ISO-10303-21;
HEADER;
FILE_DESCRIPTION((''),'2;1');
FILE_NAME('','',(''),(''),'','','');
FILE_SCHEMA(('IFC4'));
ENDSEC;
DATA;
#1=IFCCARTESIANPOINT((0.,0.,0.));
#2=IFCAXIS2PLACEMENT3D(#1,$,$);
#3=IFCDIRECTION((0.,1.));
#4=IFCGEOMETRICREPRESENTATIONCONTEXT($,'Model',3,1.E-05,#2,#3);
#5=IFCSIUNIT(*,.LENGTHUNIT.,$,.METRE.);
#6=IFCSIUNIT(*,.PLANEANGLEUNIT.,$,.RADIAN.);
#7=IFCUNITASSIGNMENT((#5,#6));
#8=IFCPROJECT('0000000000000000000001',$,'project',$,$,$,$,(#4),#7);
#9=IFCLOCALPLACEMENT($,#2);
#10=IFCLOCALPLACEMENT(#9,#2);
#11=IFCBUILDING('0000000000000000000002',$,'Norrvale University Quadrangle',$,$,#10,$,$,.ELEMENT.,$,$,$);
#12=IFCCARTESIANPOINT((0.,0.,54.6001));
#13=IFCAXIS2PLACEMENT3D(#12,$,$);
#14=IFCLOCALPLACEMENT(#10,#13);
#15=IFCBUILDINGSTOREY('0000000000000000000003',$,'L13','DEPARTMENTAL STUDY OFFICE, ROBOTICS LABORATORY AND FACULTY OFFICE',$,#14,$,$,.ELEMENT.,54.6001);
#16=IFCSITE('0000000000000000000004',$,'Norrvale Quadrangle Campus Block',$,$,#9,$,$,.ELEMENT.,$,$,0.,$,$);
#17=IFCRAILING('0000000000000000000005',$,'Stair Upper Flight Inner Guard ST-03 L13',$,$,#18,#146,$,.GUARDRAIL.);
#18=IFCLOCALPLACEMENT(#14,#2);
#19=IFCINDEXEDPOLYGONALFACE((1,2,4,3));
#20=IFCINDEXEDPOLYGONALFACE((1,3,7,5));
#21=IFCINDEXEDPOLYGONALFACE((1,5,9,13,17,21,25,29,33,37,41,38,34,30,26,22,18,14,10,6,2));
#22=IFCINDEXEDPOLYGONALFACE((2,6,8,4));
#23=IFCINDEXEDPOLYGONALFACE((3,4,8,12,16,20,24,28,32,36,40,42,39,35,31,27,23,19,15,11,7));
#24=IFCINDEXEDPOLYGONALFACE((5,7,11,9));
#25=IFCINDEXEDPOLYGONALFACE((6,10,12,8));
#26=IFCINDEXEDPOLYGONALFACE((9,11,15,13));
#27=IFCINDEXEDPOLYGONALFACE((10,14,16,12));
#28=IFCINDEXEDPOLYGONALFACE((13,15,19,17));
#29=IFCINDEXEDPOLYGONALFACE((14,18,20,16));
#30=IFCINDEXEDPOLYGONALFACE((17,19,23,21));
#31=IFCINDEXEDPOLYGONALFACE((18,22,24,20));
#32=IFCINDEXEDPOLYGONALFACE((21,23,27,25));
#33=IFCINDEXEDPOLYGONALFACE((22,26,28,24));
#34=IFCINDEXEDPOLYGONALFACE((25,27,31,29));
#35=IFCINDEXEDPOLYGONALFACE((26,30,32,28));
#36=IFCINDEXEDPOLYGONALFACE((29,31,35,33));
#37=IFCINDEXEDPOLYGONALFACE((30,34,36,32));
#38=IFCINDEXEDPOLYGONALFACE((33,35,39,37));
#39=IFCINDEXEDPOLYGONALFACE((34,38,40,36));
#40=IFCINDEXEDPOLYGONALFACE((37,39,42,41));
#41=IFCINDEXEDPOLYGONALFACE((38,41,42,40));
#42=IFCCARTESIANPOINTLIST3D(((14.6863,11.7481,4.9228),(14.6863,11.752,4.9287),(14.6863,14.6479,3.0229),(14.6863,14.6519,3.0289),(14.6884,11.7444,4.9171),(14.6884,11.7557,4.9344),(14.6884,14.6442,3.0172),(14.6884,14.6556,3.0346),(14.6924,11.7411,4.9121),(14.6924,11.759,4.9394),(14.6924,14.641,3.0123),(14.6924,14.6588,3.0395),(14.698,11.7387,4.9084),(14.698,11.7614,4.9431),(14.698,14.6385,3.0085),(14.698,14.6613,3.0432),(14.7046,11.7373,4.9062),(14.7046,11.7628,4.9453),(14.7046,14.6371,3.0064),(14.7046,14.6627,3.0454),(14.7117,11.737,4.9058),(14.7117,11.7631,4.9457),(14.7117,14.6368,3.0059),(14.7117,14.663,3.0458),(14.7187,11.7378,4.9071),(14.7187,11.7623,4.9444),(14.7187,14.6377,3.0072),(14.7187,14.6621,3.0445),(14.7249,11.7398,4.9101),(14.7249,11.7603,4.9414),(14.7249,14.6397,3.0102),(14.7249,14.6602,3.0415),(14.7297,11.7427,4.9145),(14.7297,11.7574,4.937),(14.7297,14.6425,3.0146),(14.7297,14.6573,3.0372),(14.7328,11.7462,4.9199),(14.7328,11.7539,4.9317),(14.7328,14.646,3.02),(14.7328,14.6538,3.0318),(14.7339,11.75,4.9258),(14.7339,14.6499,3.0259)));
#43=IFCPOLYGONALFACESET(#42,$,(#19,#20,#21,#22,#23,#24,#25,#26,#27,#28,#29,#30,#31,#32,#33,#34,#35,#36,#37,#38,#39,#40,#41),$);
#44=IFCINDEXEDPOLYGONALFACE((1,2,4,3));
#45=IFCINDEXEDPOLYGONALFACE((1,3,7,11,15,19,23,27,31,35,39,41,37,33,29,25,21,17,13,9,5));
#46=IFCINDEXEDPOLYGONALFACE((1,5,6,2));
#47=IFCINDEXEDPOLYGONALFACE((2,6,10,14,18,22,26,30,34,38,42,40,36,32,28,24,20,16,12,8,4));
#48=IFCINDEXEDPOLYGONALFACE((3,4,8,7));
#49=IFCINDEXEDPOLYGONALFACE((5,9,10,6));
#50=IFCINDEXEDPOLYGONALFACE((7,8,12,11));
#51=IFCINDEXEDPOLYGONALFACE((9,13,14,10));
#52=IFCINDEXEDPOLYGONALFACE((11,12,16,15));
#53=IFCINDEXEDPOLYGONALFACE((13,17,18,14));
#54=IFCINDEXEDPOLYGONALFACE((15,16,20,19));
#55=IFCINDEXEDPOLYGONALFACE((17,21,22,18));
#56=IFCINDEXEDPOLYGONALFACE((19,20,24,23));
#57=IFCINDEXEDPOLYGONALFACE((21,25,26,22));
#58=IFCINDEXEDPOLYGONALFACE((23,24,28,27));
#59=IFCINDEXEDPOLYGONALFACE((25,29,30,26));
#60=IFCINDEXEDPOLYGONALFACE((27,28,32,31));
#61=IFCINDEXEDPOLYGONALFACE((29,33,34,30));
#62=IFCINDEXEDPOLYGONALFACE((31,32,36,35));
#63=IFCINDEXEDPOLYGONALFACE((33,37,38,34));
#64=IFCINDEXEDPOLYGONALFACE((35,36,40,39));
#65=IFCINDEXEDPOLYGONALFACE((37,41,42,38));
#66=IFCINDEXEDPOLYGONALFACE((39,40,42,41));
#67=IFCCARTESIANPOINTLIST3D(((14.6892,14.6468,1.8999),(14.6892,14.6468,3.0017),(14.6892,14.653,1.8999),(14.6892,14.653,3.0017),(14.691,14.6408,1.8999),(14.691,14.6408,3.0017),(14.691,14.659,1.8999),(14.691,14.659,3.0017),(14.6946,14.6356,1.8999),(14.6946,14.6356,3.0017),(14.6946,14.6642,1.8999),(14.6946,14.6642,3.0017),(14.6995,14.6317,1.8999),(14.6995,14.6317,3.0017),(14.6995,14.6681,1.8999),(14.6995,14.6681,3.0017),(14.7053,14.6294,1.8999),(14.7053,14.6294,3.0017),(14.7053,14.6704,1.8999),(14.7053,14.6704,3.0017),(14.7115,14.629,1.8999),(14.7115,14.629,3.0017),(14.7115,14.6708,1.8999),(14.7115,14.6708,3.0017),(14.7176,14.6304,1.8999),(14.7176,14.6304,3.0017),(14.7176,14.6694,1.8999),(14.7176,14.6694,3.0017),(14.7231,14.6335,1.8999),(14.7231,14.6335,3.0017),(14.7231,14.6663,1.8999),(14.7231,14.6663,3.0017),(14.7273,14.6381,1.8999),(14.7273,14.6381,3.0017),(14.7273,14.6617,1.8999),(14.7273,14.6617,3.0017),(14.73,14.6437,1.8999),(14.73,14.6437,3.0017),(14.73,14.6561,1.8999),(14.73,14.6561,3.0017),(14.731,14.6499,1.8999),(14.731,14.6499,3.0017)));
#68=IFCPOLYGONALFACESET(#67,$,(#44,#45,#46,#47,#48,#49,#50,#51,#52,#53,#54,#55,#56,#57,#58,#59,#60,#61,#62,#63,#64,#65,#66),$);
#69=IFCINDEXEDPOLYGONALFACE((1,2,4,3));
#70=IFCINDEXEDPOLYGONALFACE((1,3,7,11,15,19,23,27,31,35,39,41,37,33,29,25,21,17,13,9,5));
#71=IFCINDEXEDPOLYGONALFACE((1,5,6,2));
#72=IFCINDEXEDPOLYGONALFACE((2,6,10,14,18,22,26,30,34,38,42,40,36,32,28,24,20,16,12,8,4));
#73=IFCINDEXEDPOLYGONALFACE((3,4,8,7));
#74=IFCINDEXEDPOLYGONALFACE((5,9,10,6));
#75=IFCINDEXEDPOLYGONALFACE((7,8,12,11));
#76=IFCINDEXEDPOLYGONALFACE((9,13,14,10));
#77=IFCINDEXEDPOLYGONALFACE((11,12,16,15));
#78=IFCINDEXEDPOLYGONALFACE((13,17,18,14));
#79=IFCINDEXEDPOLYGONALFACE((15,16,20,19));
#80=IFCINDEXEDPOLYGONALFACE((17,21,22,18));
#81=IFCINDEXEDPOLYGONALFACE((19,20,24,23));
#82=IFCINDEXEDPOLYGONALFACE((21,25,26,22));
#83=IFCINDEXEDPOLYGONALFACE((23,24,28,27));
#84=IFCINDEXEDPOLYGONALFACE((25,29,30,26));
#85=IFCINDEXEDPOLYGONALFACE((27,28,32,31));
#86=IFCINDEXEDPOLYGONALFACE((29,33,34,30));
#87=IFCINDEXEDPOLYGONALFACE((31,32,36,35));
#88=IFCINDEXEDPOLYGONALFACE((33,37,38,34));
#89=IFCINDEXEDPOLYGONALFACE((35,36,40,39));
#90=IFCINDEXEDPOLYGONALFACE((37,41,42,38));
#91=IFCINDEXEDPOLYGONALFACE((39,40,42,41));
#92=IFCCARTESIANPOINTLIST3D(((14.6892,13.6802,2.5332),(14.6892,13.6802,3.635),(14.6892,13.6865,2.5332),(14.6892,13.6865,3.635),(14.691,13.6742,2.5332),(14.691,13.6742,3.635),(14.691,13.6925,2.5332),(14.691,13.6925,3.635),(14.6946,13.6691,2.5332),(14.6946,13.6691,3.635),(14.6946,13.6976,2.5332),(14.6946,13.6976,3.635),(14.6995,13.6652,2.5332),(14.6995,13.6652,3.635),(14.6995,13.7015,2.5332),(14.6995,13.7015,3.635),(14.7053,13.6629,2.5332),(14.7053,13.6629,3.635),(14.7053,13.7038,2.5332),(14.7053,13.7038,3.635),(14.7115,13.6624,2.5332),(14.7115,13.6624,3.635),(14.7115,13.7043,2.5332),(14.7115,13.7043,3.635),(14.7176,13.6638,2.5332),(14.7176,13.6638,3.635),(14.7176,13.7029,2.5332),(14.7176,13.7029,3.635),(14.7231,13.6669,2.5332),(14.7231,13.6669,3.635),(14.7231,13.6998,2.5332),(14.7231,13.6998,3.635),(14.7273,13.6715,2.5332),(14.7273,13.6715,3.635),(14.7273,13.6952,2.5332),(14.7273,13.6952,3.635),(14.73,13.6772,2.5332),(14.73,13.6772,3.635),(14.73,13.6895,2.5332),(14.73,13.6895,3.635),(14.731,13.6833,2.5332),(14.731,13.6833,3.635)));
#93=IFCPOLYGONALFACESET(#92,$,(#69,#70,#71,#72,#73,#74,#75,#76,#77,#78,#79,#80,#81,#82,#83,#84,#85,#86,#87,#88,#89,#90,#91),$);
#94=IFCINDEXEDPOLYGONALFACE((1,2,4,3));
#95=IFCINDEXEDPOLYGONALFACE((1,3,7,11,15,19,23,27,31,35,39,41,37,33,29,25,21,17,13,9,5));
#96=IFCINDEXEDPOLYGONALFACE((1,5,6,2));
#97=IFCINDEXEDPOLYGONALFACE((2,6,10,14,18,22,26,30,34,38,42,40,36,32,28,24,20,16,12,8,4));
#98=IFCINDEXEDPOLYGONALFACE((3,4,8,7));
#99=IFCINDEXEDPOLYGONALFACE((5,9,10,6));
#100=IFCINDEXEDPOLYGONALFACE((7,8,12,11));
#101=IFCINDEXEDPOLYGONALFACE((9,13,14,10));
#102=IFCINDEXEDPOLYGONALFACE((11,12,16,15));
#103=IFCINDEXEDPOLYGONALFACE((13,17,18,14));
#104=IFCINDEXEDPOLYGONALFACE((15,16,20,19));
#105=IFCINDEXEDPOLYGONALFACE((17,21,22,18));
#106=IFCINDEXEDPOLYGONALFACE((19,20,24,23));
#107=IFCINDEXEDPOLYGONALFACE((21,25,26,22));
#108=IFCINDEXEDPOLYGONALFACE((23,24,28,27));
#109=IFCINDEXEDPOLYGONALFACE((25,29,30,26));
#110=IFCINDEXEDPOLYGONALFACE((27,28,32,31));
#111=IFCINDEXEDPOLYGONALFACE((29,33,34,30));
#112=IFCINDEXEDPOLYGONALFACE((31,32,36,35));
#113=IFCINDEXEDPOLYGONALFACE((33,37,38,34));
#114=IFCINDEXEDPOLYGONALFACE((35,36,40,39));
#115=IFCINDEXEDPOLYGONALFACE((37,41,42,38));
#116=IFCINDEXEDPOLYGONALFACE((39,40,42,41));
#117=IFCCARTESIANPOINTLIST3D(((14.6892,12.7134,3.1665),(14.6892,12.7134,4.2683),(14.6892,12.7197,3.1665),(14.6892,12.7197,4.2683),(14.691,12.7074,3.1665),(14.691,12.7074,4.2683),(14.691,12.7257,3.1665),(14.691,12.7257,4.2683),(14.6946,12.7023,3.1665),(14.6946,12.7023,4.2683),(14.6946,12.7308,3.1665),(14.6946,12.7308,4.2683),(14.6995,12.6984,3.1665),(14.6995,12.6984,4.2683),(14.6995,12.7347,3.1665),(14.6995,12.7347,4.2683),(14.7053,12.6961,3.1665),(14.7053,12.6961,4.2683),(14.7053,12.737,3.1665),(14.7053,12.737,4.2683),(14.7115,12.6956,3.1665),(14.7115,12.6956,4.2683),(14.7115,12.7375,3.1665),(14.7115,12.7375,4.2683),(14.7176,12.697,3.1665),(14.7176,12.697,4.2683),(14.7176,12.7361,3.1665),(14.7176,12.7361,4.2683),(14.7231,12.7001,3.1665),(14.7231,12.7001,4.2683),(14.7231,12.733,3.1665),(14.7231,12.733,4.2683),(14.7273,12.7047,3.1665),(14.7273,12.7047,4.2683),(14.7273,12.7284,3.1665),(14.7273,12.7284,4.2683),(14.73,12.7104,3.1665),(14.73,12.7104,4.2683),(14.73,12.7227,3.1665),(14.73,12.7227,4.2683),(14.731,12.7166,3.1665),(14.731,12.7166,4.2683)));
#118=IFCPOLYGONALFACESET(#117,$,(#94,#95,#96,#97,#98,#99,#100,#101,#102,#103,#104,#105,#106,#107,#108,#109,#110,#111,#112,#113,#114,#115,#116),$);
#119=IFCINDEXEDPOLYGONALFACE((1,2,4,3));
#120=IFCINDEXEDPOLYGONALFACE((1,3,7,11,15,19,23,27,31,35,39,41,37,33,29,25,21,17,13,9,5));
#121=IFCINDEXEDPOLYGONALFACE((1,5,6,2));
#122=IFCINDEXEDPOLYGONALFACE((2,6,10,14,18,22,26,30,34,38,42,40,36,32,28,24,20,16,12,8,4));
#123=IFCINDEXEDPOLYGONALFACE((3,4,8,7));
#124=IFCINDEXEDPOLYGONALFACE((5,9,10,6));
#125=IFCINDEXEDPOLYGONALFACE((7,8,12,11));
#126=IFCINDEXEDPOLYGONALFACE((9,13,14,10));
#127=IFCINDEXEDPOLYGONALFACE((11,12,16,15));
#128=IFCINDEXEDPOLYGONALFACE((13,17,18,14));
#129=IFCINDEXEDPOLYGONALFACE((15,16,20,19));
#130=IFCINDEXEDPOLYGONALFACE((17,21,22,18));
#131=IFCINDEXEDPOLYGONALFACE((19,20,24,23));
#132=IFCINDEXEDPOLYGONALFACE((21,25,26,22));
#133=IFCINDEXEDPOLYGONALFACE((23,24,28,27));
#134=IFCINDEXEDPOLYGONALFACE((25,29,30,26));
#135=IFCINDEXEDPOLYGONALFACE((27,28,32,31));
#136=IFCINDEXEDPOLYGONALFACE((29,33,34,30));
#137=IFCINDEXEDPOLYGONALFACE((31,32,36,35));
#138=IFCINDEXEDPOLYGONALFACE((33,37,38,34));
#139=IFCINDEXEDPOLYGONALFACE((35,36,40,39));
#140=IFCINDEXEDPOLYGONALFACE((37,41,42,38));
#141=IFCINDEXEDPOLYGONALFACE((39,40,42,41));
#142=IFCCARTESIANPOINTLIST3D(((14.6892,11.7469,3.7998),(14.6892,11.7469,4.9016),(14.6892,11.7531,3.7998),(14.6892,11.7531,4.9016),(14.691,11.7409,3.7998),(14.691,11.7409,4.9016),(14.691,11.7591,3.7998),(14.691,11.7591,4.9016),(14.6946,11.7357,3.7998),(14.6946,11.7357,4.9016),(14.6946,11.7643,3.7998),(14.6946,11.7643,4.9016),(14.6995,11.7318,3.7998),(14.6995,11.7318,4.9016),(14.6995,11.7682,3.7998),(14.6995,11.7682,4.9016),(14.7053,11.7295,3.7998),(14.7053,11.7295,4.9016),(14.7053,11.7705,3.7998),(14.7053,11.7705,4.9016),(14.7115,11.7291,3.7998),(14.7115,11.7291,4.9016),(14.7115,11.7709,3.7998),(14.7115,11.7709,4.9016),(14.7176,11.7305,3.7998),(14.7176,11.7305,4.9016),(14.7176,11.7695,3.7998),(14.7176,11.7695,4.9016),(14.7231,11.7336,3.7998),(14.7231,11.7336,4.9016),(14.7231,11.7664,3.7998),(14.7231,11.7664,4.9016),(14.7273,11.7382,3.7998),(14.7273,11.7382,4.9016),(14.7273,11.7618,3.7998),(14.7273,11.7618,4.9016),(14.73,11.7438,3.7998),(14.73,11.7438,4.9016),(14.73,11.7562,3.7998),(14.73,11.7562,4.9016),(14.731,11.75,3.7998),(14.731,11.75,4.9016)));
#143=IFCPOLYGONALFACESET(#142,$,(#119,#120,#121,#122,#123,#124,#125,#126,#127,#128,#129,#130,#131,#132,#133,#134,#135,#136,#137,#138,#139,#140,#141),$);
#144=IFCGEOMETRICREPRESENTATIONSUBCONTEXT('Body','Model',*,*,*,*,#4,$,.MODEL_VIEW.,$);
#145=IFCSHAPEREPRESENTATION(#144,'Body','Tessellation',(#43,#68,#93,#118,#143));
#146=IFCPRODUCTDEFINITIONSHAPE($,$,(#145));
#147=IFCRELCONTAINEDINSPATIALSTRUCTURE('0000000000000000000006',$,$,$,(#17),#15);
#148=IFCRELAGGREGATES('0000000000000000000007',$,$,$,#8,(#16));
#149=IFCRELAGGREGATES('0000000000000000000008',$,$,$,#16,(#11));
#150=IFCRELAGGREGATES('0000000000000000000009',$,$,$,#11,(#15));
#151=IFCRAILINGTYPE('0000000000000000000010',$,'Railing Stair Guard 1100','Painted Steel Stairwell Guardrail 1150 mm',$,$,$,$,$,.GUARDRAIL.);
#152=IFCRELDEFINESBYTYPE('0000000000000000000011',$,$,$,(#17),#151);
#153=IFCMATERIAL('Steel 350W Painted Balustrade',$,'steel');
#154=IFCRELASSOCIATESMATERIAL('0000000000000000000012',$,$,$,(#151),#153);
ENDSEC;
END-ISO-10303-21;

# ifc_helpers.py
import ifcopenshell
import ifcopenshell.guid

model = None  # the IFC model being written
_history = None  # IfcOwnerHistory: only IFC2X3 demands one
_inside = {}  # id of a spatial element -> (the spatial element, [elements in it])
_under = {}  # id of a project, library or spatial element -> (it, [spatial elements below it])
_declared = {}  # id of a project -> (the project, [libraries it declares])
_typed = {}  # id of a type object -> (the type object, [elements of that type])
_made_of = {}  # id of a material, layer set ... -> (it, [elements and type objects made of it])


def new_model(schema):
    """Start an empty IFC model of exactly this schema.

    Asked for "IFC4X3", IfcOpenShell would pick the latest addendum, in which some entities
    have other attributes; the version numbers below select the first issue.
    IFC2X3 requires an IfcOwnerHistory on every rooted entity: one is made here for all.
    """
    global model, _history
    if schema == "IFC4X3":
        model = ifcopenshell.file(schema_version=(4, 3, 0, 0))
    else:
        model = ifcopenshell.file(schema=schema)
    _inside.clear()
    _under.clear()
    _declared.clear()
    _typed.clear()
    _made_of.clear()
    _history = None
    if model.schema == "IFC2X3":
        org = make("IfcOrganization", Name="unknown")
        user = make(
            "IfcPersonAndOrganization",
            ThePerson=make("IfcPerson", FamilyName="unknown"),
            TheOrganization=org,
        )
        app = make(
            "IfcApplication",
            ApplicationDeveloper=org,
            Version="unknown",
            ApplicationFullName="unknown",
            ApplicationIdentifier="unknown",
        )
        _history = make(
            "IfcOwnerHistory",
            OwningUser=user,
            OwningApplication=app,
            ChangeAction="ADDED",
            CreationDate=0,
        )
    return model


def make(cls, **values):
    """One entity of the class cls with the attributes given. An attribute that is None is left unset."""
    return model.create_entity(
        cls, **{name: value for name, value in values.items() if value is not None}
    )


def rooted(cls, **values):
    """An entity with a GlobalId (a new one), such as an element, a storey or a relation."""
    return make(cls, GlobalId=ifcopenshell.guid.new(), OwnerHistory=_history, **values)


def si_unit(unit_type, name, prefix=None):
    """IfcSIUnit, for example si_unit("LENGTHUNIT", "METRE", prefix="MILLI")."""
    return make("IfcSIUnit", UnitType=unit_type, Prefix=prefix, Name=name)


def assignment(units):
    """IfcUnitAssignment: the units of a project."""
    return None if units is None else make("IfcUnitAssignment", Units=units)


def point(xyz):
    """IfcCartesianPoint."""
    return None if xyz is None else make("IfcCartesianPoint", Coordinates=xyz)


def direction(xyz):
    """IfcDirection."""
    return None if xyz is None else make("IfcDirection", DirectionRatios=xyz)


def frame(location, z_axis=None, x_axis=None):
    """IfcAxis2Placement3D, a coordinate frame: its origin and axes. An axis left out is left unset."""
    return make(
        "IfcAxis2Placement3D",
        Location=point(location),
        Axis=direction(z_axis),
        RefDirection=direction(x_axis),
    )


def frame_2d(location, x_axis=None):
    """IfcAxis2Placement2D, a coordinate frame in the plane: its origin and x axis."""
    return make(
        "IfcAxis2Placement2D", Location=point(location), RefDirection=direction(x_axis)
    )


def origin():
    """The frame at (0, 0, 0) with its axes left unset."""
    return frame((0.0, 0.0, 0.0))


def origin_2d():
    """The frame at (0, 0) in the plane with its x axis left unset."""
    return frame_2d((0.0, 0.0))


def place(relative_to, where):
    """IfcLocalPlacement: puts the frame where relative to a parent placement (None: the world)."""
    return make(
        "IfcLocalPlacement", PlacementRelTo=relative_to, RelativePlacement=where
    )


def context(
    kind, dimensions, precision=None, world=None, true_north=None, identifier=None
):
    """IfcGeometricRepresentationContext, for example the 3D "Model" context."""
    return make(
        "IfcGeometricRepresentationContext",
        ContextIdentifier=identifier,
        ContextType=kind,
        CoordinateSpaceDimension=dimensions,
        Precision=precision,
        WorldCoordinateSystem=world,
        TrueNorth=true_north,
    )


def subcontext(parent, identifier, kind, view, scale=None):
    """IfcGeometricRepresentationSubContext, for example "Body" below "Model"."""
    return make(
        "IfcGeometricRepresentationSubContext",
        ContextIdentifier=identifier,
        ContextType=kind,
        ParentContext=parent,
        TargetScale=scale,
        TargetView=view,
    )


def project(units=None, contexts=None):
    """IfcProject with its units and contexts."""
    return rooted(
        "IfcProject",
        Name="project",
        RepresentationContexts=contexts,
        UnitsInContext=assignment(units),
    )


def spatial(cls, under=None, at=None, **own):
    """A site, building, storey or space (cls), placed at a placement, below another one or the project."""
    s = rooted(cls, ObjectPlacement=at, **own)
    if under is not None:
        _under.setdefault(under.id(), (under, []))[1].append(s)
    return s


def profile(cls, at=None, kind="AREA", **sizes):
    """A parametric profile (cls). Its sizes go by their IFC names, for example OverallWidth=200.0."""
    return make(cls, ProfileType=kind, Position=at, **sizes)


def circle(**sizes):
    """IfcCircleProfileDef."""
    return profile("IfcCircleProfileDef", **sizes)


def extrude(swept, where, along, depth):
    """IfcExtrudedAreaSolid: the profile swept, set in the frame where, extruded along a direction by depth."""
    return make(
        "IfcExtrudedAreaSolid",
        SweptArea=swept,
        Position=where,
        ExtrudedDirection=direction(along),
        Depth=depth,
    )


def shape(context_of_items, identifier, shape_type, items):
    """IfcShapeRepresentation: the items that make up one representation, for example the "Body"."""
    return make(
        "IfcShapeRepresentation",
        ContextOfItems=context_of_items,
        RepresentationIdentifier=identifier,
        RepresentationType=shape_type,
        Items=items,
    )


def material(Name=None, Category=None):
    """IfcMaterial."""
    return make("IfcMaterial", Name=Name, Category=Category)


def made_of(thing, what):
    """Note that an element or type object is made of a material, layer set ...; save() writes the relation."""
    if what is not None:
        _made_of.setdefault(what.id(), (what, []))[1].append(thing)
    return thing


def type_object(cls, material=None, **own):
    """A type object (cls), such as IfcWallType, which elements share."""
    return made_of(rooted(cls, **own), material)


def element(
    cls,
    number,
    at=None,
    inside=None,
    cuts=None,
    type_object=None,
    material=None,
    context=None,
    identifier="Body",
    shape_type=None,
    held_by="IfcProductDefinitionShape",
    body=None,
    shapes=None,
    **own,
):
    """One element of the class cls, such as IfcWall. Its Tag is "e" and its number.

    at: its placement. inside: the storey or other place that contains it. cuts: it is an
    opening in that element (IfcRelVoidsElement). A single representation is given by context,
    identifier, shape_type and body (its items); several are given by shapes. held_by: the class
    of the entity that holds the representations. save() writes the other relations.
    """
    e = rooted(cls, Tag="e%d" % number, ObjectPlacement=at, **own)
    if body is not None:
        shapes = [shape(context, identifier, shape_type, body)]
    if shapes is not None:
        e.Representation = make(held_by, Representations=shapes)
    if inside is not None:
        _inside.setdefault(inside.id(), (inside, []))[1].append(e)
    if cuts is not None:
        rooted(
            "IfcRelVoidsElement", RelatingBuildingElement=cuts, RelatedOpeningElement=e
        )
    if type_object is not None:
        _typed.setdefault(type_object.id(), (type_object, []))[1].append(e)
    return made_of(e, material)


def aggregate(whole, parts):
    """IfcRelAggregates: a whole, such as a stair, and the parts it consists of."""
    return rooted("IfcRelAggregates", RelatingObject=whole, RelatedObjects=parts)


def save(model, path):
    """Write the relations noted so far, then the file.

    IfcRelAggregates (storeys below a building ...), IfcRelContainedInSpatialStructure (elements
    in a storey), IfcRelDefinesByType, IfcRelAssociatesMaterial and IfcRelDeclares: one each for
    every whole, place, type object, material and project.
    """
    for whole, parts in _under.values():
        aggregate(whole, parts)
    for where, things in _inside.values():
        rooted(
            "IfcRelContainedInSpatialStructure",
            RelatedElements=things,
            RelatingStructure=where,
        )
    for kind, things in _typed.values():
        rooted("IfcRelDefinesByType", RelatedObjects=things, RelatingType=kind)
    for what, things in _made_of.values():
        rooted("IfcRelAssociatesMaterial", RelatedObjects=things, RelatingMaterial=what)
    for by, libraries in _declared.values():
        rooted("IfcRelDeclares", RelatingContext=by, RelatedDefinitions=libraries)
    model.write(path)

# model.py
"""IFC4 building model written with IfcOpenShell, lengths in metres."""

from ifc_helpers import new_model, si_unit, direction, frame, origin, origin_2d, place, context, subcontext, project, spatial, circle, extrude, material, type_object, element, save


model = new_model("IFC4")

# Units and contexts
model_context = context("Model", 3, precision=1e-05, world=origin(), true_north=direction((0.0, 1.0)))
body_context = subcontext(model_context, "Body", "Model", "MODEL_VIEW")
ifc_project = project(units=[si_unit("LENGTHUNIT", "METRE"), si_unit("PLANEANGLEUNIT", "RADIAN")], contexts=[model_context])

# Site, building, storey
site_placement = place(None, origin())
site = spatial("IfcSite", under=ifc_project, at=site_placement, Name="Norrvale Quadrangle Campus Block", CompositionType="ELEMENT", RefElevation=0.0)
building_placement = place(site_placement, origin())
building = spatial("IfcBuilding", under=site, at=building_placement, Name="Norrvale University Quadrangle", CompositionType="ELEMENT")
storey_placement = place(building_placement, frame((0.0, 0.0, 54.6001)))
storey = spatial("IfcBuildingStorey", under=building, at=storey_placement, Name="L13", Description="DEPARTMENTAL STUDY OFFICE, ROBOTICS LABORATORY AND FACULTY OFFICE", CompositionType="ELEMENT", Elevation=54.6001)

# Railing
ifc_material_1 = material(Name="Steel 350W Painted Balustrade", Category="steel")
railing_type_1 = type_object("IfcRailingType", Name="Railing Stair Guard 1100", Description="Painted Steel Stairwell Guardrail 1150 mm", PredefinedType="GUARDRAIL", material=ifc_material_1)
railing_1_placement = place(storey_placement, frame((14.71, 14.6499, 1.8999)))
element("IfcRailing", 1, at=railing_1_placement, inside=storey, type_object=railing_type_1, Name="Stair Upper Flight Inner Guard ST-03 L13", PredefinedType="GUARDRAIL", context=body_context, shape_type="SweptSolid", body=[
    extrude(circle(Radius=0.0239, at=origin_2d()), frame((0.0, 0.0, 1.126), z_axis=(0.0, -0.836466, 0.548019), x_axis=(1.0, 0.0, 0.0)), (0.0, 0.0, 1.0), 3.4668),
    extrude(circle(Radius=0.021, at=origin_2d()), origin(), (0.0, 0.0, 1.0), 1.1018),
    extrude(circle(Radius=0.021, at=origin_2d()), frame((0.0, -0.9666, 0.6333)), (0.0, 0.0, 1.0), 1.1018),
    extrude(circle(Radius=0.021, at=origin_2d()), frame((0.0, -1.9333, 1.2666)), (0.0, 0.0, 1.0), 1.1018),
    extrude(circle(Radius=0.021, at=origin_2d()), frame((0.0, -2.8999, 1.8999)), (0.0, 0.0, 1.0), 1.1018),
])

save(model, "model.ifc")
